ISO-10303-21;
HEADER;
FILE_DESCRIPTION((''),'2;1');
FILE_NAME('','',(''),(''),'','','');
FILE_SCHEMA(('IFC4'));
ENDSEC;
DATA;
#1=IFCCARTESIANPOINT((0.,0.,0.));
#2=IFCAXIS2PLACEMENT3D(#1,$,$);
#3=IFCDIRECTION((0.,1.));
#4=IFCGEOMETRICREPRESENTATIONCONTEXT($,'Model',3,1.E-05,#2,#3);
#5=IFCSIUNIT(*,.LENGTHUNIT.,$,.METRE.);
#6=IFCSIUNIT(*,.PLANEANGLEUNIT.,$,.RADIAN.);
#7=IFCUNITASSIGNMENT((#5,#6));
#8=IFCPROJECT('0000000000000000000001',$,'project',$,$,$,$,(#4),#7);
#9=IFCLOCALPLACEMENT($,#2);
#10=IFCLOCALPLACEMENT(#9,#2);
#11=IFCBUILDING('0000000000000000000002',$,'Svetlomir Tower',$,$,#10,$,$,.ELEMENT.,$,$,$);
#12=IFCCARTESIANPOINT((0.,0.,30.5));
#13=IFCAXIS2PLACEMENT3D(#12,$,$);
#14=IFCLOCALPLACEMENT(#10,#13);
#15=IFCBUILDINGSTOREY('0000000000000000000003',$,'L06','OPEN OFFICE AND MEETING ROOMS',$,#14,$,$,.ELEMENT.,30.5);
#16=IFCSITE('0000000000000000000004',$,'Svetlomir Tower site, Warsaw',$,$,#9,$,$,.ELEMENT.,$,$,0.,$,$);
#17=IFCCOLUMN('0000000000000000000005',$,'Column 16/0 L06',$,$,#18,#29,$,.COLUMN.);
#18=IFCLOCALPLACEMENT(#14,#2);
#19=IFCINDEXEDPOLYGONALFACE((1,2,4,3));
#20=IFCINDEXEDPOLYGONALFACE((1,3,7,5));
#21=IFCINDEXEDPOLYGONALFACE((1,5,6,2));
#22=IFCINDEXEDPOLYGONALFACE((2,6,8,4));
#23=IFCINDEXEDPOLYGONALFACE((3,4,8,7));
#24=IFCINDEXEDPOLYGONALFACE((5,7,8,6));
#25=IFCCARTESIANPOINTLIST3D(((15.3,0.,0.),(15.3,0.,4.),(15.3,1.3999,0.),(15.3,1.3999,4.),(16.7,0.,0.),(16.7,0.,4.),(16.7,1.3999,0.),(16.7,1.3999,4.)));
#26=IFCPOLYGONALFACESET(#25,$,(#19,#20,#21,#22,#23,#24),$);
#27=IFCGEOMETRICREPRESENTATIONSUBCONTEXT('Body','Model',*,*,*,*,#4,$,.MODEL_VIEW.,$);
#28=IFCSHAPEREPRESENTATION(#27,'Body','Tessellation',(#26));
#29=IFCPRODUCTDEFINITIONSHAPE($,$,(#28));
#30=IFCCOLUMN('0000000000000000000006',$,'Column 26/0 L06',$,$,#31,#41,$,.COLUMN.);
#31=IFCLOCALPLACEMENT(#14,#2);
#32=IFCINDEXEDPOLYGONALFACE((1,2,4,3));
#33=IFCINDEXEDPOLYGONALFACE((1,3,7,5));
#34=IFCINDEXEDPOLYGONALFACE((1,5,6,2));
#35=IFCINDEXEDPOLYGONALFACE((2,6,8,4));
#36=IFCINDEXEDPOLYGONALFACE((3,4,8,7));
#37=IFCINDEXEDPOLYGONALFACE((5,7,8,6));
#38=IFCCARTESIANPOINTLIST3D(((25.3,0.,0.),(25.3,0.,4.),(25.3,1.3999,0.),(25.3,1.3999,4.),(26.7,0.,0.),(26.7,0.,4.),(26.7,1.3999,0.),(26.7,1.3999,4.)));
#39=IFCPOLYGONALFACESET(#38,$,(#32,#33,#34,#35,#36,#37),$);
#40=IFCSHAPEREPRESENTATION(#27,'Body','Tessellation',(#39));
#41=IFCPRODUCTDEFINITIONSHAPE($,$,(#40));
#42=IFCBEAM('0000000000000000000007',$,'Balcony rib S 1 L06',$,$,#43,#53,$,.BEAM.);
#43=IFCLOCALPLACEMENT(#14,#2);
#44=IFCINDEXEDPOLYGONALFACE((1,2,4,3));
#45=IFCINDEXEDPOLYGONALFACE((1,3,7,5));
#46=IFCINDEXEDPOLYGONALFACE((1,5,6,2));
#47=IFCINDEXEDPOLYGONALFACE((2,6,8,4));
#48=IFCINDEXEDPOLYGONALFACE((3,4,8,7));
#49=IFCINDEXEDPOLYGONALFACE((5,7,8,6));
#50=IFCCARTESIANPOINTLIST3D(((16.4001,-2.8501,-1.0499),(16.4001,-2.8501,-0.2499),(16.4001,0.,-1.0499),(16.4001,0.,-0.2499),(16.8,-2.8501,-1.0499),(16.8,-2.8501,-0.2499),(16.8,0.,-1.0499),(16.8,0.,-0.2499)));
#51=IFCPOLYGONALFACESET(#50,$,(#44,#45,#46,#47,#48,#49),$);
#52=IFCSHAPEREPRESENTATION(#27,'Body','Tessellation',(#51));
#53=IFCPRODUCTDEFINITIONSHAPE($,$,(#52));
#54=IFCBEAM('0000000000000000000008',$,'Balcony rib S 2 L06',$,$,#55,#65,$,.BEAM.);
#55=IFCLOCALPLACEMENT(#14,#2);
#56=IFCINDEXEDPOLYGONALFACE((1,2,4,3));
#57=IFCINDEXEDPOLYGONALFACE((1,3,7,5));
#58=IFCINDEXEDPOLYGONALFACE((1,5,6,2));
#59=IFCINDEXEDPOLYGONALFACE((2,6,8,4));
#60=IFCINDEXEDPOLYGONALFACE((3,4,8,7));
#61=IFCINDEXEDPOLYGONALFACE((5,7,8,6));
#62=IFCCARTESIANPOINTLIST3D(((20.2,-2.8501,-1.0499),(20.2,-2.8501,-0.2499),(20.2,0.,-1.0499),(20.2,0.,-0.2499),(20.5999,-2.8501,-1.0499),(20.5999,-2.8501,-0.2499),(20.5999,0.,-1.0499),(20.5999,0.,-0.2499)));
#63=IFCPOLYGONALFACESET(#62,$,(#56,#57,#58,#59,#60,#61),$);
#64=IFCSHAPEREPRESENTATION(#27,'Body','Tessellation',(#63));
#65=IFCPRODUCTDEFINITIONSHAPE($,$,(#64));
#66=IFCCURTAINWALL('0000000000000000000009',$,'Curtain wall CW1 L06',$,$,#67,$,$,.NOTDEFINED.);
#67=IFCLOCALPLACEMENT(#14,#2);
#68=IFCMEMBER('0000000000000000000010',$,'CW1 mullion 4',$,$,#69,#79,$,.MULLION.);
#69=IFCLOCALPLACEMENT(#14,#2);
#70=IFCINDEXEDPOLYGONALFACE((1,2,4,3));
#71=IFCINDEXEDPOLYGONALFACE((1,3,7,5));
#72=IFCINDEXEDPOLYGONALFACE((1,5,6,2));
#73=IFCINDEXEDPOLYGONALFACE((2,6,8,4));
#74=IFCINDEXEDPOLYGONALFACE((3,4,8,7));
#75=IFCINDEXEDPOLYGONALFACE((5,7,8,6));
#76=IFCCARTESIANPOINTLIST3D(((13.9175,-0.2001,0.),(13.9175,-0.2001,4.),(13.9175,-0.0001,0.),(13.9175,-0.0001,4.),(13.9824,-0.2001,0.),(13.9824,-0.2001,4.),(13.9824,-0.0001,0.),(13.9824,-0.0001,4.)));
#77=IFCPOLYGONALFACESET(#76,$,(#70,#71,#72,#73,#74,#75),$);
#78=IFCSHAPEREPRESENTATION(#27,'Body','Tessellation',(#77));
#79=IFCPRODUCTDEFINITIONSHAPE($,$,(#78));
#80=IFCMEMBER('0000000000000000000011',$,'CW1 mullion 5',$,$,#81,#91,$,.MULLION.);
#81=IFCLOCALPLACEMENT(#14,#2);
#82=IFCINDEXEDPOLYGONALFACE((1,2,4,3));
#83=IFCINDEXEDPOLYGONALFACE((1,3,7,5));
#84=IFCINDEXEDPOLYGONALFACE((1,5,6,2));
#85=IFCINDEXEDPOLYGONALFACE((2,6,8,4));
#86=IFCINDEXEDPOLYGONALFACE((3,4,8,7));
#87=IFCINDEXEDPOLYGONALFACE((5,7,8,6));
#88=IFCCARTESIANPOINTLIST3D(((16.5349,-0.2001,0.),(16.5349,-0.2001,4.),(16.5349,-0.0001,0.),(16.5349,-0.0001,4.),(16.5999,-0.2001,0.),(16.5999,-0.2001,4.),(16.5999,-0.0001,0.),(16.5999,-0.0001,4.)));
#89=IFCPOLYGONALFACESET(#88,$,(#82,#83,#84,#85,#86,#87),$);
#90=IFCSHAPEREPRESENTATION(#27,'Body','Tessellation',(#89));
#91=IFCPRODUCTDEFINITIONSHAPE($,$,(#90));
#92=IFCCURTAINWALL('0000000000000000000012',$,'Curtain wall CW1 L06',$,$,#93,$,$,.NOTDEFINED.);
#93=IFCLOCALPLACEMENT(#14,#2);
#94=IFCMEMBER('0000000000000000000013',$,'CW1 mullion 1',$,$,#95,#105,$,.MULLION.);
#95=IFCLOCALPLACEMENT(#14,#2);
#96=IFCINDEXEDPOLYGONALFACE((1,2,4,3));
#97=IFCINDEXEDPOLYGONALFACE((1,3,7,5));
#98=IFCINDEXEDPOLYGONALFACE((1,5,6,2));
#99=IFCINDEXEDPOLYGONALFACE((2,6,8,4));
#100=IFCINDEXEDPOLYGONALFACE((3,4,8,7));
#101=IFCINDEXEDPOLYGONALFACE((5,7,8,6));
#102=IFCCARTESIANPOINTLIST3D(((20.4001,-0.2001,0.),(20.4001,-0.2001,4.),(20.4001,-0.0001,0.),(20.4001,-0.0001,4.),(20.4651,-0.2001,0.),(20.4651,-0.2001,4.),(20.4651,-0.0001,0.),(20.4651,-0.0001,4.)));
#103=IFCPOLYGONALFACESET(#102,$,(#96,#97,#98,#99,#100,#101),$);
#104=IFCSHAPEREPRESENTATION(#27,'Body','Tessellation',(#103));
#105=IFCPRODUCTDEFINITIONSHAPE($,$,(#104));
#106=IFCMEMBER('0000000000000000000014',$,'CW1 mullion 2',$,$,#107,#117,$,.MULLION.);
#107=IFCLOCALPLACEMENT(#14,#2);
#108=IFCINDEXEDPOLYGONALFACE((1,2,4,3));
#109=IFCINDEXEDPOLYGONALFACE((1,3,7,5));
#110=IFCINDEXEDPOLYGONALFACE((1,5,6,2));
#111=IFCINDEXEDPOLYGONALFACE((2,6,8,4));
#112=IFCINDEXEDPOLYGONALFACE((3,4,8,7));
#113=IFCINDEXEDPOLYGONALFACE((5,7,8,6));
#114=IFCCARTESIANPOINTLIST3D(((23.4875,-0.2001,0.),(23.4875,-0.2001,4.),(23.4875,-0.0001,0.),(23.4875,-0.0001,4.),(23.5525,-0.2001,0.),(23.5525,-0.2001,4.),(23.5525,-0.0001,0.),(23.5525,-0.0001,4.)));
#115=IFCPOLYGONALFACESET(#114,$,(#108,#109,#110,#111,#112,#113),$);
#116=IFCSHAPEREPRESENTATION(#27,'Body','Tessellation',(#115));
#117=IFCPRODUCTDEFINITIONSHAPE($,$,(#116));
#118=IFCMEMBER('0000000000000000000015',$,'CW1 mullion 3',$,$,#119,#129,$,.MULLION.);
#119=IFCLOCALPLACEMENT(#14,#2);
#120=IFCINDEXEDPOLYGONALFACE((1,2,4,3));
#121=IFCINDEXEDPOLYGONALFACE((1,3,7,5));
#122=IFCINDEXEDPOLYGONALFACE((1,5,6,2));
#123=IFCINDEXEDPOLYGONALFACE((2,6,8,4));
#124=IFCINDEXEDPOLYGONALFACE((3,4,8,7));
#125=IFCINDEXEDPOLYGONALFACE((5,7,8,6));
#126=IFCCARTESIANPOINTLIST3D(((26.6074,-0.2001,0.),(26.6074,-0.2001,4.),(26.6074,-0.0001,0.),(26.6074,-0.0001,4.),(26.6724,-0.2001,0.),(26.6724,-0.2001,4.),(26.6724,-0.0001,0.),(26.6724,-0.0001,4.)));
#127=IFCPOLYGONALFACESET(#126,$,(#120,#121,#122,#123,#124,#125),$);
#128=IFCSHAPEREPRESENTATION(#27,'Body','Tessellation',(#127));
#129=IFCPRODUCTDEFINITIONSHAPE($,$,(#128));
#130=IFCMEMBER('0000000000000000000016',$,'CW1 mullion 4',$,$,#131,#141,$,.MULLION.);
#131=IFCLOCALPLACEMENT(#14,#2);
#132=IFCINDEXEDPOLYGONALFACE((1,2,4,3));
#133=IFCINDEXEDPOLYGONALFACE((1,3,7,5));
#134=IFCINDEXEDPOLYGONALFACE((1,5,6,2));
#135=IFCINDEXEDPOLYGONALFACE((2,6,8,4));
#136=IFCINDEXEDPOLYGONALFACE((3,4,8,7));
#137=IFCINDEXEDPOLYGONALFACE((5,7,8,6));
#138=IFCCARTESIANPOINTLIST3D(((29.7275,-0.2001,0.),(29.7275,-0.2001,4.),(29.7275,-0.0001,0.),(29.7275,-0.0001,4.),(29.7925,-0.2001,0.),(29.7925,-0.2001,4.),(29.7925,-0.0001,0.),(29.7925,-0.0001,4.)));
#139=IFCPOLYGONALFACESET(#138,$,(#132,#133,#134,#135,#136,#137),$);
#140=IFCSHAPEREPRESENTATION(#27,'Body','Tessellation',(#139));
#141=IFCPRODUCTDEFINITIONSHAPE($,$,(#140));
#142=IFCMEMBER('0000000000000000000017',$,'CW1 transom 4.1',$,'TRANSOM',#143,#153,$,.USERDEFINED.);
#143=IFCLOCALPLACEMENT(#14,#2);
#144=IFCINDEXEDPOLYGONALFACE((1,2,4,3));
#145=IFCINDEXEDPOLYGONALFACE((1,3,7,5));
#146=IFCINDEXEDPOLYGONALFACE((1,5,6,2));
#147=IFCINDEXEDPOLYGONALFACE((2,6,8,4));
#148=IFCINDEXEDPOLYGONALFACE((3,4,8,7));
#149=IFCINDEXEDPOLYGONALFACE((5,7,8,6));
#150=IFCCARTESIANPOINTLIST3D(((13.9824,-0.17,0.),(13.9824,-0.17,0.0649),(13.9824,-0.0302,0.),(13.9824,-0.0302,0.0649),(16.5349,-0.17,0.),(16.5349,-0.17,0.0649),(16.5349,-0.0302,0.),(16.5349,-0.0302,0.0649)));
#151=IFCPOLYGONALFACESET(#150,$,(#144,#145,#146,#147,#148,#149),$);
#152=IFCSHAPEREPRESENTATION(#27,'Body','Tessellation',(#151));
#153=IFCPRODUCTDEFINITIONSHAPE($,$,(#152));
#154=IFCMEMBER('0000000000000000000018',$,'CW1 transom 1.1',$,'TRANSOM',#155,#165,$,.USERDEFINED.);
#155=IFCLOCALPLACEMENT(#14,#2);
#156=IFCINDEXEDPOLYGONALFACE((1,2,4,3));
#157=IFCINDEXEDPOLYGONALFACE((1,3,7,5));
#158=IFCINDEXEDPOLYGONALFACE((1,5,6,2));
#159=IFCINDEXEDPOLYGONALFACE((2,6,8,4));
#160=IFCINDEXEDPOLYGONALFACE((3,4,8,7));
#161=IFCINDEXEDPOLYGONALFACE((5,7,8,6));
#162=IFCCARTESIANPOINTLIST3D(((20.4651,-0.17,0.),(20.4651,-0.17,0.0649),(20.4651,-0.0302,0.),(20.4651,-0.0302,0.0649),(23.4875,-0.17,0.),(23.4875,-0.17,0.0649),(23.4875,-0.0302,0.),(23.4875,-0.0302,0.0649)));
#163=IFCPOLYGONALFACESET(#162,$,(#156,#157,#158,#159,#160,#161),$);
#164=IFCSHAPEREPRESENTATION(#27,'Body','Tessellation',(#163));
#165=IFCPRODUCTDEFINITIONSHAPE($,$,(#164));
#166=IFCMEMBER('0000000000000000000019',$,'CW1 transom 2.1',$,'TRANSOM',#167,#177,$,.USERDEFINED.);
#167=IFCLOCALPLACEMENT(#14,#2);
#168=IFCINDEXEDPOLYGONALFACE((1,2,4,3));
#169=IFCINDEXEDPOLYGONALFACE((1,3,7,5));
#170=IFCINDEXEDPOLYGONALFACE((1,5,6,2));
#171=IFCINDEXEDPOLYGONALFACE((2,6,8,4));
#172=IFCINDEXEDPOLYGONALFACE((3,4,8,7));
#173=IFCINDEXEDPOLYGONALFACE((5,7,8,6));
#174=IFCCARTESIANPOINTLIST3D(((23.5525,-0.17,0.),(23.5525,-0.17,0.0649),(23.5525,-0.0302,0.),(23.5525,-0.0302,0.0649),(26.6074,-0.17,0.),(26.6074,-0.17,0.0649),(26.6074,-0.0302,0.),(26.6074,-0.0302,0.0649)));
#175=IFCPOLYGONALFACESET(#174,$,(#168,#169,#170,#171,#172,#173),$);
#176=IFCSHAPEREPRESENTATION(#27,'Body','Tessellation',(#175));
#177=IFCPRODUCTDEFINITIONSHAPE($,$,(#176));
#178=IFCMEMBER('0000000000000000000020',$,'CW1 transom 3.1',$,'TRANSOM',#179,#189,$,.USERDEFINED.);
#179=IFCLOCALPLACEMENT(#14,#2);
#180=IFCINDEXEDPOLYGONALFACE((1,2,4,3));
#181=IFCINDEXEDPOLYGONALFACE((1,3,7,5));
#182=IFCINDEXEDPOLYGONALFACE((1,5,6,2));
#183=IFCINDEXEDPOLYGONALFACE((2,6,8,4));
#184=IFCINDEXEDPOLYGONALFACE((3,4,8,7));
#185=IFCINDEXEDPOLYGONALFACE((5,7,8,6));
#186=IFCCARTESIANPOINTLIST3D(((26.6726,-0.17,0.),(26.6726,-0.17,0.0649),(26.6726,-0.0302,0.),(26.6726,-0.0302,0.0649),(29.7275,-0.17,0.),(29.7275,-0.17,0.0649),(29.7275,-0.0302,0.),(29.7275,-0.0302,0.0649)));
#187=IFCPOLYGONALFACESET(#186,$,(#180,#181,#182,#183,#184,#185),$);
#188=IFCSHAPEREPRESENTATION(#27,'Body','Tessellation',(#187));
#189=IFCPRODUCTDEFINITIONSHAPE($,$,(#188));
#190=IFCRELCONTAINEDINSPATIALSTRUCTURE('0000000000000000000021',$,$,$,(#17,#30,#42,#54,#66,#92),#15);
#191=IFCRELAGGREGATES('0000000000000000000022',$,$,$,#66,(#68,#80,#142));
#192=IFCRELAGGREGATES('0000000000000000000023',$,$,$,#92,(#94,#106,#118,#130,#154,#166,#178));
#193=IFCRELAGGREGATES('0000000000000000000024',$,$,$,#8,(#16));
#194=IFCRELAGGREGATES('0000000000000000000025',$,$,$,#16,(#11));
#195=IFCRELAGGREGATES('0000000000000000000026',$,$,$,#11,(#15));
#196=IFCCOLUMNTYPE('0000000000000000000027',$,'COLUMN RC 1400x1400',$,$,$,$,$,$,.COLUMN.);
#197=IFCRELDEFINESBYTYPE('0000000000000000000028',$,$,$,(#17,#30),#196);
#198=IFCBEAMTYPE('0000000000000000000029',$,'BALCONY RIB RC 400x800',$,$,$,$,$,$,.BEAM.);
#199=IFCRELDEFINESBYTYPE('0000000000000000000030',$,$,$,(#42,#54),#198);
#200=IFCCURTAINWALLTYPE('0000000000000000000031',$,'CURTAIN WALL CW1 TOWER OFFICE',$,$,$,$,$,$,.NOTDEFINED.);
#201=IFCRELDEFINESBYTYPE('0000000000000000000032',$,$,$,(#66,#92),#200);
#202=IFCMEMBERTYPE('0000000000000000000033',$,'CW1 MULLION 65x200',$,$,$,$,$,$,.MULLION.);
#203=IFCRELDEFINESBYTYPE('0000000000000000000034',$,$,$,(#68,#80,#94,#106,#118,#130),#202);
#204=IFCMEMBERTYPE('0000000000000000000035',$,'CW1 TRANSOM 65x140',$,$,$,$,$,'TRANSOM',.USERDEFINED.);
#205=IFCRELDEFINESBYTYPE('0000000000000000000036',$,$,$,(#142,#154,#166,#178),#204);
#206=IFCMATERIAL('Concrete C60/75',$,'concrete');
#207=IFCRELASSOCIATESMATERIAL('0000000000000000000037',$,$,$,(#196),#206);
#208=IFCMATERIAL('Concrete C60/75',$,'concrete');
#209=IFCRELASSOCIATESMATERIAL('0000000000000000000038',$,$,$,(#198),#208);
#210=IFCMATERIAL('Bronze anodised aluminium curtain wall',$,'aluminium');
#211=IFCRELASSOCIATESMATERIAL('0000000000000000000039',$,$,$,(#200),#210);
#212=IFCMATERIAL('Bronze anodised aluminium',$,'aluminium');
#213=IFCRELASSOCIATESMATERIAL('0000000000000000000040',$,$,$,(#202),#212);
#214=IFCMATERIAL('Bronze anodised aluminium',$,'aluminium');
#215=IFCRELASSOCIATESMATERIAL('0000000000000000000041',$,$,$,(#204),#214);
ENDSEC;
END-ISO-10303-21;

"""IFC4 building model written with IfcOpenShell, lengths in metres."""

from ifc_helpers import new_model, si_unit, direction, frame, origin, origin_2d, place, context, subcontext, project, spatial, rectangle, extrude, material, material_profile, profile_set, type_object, element, aggregate, save


model = new_model("IFC4")

# Units and contexts
model_context = context("Model", 3, precision=1e-05, world=origin(), true_north=direction((0.0, 1.0)))
body_context = subcontext(model_context, "Body", "Model", "MODEL_VIEW")
ifc_project = project(units=[si_unit("LENGTHUNIT", "METRE"), si_unit("PLANEANGLEUNIT", "RADIAN")], contexts=[model_context])

# Site, building, storey
site_placement = place(None, origin())
site = spatial("IfcSite", under=ifc_project, at=site_placement, Name="Svetlomir Tower site, Warsaw", CompositionType="ELEMENT", RefElevation=0.0)
building_placement = place(site_placement, origin())
building = spatial("IfcBuilding", under=site, at=building_placement, Name="Svetlomir Tower", CompositionType="ELEMENT")
storey_placement = place(building_placement, frame((0.0, 0.0, 30.5)))
storey = spatial("IfcBuildingStorey", under=building, at=storey_placement, Name="L06", Description="OPEN OFFICE AND MEETING ROOMS", CompositionType="ELEMENT", Elevation=30.5)

# Columns
ifc_material_1 = material(Name="Concrete C60/75", Category="concrete")
ifc_material_profile_1 = material_profile(ifc_material_1, rectangle(XDim=1.3999, YDim=1.3999, at=origin_2d()), Name="RC 1400x1400")
ifc_profile_set_1 = profile_set([ifc_material_profile_1], Name="Concrete C60/75")
column_type = type_object("IfcColumnType", Name="COLUMN RC 1400x1400", PredefinedType="COLUMN", material=ifc_profile_set_1)
for number, where, z_axis, x_axis, name in (
    (1, (16.0, 0.7, 0.0), (0.0, 0.0, 1.0), (1.0, 0.0, 0.0), "Column 16/0 L06"),
    (2, (26.0, 0.7, 0.0), (0.0, 0.0, 1.0), (1.0, 0.0, 0.0), "Column 26/0 L06"),
):
    element("IfcColumn", number, at=place(storey_placement, frame(where, z_axis=z_axis, x_axis=x_axis)), inside=storey, type_object=column_type, Name=name, PredefinedType="COLUMN", context=body_context, shape_type="SweptSolid", body=[
        extrude(rectangle(XDim=1.3999, YDim=1.3999, at=origin_2d()), origin(), (0.0, 0.0, 1.0), 4.0),
    ])

# Beams
ifc_material_2 = material(Name="Concrete C60/75", Category="concrete")
ifc_material_profile_2 = material_profile(ifc_material_2, rectangle(XDim=0.3999, YDim=0.8, at=origin_2d()), Name="RC 400x800")
ifc_profile_set_2 = profile_set([ifc_material_profile_2], Name="Concrete C60/75")
beam_type_1 = type_object("IfcBeamType", Name="BALCONY RIB RC 400x800", PredefinedType="BEAM", material=ifc_profile_set_2)
for number, where, z_axis, x_axis, name in (
    (3, (16.6001, 0.0, -0.6499), (0.0, -1.0, 0.0), (1.0, 0.0, 0.0), "Balcony rib S 1 L06"),
    (4, (20.3999, 0.0, -0.6499), (0.0, -1.0, 0.0), (1.0, 0.0, 0.0), "Balcony rib S 2 L06"),
):
    element("IfcBeam", number, at=place(storey_placement, frame(where, z_axis=z_axis, x_axis=x_axis)), inside=storey, type_object=beam_type_1, Name=name, PredefinedType="BEAM", context=body_context, shape_type="SweptSolid", body=[
        extrude(rectangle(XDim=0.3999, YDim=0.8, at=origin_2d()), origin(), (0.0, 0.0, 1.0), 2.8501),
    ])

# Curtain walls, members
ifc_material_3 = material(Name="Bronze anodised aluminium curtain wall", Category="aluminium")
curtain_wall_type = type_object("IfcCurtainWallType", Name="CURTAIN WALL CW1 TOWER OFFICE", PredefinedType="NOTDEFINED", material=ifc_material_3)
curtain_wall_1_placement = place(storey_placement, origin())
curtain_wall_1 = element("IfcCurtainWall", 5, at=curtain_wall_1_placement, inside=storey, type_object=curtain_wall_type, Name="Curtain wall CW1 L06", PredefinedType="NOTDEFINED")
ifc_material_4 = material(Name="Bronze anodised aluminium", Category="aluminium")
ifc_material_profile_3 = material_profile(ifc_material_4, rectangle(XDim=0.0649, YDim=0.2, at=origin_2d()), Name="AL 65x200")
ifc_profile_set_3 = profile_set([ifc_material_profile_3], Name="Bronze anodised aluminium 6063-T6")
member_type_1 = type_object("IfcMemberType", Name="CW1 MULLION 65x200", PredefinedType="MULLION", material=ifc_profile_set_3)
member_1_placement = place(storey_placement, frame((13.95, -0.1001, 0.0), z_axis=(0.0, 0.0, 1.0), x_axis=(1.0, 0.0, 0.0)))
member_1 = element("IfcMember", 6, at=member_1_placement, type_object=member_type_1, Name="CW1 mullion 4", PredefinedType="MULLION", context=body_context, shape_type="SweptSolid", body=[
    extrude(rectangle(XDim=0.0649, YDim=0.2, at=origin_2d()), origin(), (0.0, 0.0, 1.0), 4.0),
])
member_2_placement = place(storey_placement, frame((16.5674, -0.1001, 0.0), z_axis=(0.0, 0.0, 1.0), x_axis=(1.0, 0.0, 0.0)))
member_2 = element("IfcMember", 7, at=member_2_placement, type_object=member_type_1, Name="CW1 mullion 5", PredefinedType="MULLION", context=body_context, shape_type="SweptSolid", body=[
    extrude(rectangle(XDim=0.0649, YDim=0.2, at=origin_2d()), origin(), (0.0, 0.0, 1.0), 4.0),
])
curtain_wall_2_placement = place(storey_placement, origin())
curtain_wall_2 = element("IfcCurtainWall", 8, at=curtain_wall_2_placement, inside=storey, type_object=curtain_wall_type, Name="Curtain wall CW1 L06", PredefinedType="NOTDEFINED")
member_3_placement = place(storey_placement, frame((20.4326, -0.1001, 0.0), z_axis=(0.0, 0.0, 1.0), x_axis=(1.0, 0.0, 0.0)))
member_3 = element("IfcMember", 9, at=member_3_placement, type_object=member_type_1, Name="CW1 mullion 1", PredefinedType="MULLION", context=body_context, shape_type="SweptSolid", body=[
    extrude(rectangle(XDim=0.0649, YDim=0.2, at=origin_2d()), origin(), (0.0, 0.0, 1.0), 4.0),
])
member_4_placement = place(storey_placement, frame((23.52, -0.1001, 0.0), z_axis=(0.0, 0.0, 1.0), x_axis=(1.0, 0.0, 0.0)))
member_4 = element("IfcMember", 10, at=member_4_placement, type_object=member_type_1, Name="CW1 mullion 2", PredefinedType="MULLION", context=body_context, shape_type="SweptSolid", body=[
    extrude(rectangle(XDim=0.0649, YDim=0.2, at=origin_2d()), origin(), (0.0, 0.0, 1.0), 4.0),
])
member_5_placement = place(storey_placement, frame((26.6399, -0.1001, 0.0), z_axis=(0.0, 0.0, 1.0), x_axis=(1.0, 0.0, 0.0)))
member_5 = element("IfcMember", 11, at=member_5_placement, type_object=member_type_1, Name="CW1 mullion 3", PredefinedType="MULLION", context=body_context, shape_type="SweptSolid", body=[
    extrude(rectangle(XDim=0.0649, YDim=0.2, at=origin_2d()), origin(), (0.0, 0.0, 1.0), 4.0),
])
member_6_placement = place(storey_placement, frame((29.76, -0.1001, 0.0), z_axis=(0.0, 0.0, 1.0), x_axis=(1.0, 0.0, 0.0)))
member_6 = element("IfcMember", 12, at=member_6_placement, type_object=member_type_1, Name="CW1 mullion 4", PredefinedType="MULLION", context=body_context, shape_type="SweptSolid", body=[
    extrude(rectangle(XDim=0.0649, YDim=0.2, at=origin_2d()), origin(), (0.0, 0.0, 1.0), 4.0),
])

# Members
ifc_material_5 = material(Name="Bronze anodised aluminium", Category="aluminium")
ifc_material_profile_4 = material_profile(ifc_material_5, rectangle(XDim=0.1399, YDim=0.0649, at=origin_2d()), Name="AL 140x65")
ifc_profile_set_4 = profile_set([ifc_material_profile_4], Name="Bronze anodised aluminium 6063-T6")
member_type_2 = type_object("IfcMemberType", Name="CW1 TRANSOM 65x140", ElementType="TRANSOM", PredefinedType="USERDEFINED", material=ifc_profile_set_4)
member_7_placement = place(storey_placement, frame((13.9824, -0.1001, 0.0325), z_axis=(1.0, 0.0, 0.0), x_axis=(0.0, 1.0, 0.0)))
member_7 = element("IfcMember", 13, at=member_7_placement, type_object=member_type_2, Name="CW1 transom 4.1", ObjectType="TRANSOM", PredefinedType="USERDEFINED", context=body_context, shape_type="SweptSolid", body=[
    extrude(rectangle(XDim=0.1399, YDim=0.0649, at=origin_2d()), origin(), (0.0, 0.0, 1.0), 2.5525),
])
member_8_placement = place(storey_placement, frame((20.4651, -0.1001, 0.0325), z_axis=(1.0, 0.0, 0.0), x_axis=(0.0, 1.0, 0.0)))
member_8 = element("IfcMember", 14, at=member_8_placement, type_object=member_type_2, Name="CW1 transom 1.1", ObjectType="TRANSOM", PredefinedType="USERDEFINED", context=body_context, shape_type="SweptSolid", body=[
    extrude(rectangle(XDim=0.1399, YDim=0.0649, at=origin_2d()), origin(), (0.0, 0.0, 1.0), 3.0225),
])
member_9_placement = place(storey_placement, frame((23.5525, -0.1001, 0.0325), z_axis=(1.0, 0.0, 0.0), x_axis=(0.0, 1.0, 0.0)))
member_9 = element("IfcMember", 15, at=member_9_placement, type_object=member_type_2, Name="CW1 transom 2.1", ObjectType="TRANSOM", PredefinedType="USERDEFINED", context=body_context, shape_type="SweptSolid", body=[
    extrude(rectangle(XDim=0.1399, YDim=0.0649, at=origin_2d()), origin(), (0.0, 0.0, 1.0), 3.0549),
])
member_10_placement = place(storey_placement, frame((26.6726, -0.1001, 0.0325), z_axis=(1.0, 0.0, 0.0), x_axis=(0.0, 1.0, 0.0)))
member_10 = element("IfcMember", 16, at=member_10_placement, type_object=member_type_2, Name="CW1 transom 3.1", ObjectType="TRANSOM", PredefinedType="USERDEFINED", context=body_context, shape_type="SweptSolid", body=[
    extrude(rectangle(XDim=0.1399, YDim=0.0649, at=origin_2d()), origin(), (0.0, 0.0, 1.0), 3.0549),
])

aggregate(curtain_wall_1, [member_1, member_2, member_7])
aggregate(curtain_wall_2, [member_3, member_4, member_5, member_6, member_8, member_9, member_10])

save(model, "model.ifc")
